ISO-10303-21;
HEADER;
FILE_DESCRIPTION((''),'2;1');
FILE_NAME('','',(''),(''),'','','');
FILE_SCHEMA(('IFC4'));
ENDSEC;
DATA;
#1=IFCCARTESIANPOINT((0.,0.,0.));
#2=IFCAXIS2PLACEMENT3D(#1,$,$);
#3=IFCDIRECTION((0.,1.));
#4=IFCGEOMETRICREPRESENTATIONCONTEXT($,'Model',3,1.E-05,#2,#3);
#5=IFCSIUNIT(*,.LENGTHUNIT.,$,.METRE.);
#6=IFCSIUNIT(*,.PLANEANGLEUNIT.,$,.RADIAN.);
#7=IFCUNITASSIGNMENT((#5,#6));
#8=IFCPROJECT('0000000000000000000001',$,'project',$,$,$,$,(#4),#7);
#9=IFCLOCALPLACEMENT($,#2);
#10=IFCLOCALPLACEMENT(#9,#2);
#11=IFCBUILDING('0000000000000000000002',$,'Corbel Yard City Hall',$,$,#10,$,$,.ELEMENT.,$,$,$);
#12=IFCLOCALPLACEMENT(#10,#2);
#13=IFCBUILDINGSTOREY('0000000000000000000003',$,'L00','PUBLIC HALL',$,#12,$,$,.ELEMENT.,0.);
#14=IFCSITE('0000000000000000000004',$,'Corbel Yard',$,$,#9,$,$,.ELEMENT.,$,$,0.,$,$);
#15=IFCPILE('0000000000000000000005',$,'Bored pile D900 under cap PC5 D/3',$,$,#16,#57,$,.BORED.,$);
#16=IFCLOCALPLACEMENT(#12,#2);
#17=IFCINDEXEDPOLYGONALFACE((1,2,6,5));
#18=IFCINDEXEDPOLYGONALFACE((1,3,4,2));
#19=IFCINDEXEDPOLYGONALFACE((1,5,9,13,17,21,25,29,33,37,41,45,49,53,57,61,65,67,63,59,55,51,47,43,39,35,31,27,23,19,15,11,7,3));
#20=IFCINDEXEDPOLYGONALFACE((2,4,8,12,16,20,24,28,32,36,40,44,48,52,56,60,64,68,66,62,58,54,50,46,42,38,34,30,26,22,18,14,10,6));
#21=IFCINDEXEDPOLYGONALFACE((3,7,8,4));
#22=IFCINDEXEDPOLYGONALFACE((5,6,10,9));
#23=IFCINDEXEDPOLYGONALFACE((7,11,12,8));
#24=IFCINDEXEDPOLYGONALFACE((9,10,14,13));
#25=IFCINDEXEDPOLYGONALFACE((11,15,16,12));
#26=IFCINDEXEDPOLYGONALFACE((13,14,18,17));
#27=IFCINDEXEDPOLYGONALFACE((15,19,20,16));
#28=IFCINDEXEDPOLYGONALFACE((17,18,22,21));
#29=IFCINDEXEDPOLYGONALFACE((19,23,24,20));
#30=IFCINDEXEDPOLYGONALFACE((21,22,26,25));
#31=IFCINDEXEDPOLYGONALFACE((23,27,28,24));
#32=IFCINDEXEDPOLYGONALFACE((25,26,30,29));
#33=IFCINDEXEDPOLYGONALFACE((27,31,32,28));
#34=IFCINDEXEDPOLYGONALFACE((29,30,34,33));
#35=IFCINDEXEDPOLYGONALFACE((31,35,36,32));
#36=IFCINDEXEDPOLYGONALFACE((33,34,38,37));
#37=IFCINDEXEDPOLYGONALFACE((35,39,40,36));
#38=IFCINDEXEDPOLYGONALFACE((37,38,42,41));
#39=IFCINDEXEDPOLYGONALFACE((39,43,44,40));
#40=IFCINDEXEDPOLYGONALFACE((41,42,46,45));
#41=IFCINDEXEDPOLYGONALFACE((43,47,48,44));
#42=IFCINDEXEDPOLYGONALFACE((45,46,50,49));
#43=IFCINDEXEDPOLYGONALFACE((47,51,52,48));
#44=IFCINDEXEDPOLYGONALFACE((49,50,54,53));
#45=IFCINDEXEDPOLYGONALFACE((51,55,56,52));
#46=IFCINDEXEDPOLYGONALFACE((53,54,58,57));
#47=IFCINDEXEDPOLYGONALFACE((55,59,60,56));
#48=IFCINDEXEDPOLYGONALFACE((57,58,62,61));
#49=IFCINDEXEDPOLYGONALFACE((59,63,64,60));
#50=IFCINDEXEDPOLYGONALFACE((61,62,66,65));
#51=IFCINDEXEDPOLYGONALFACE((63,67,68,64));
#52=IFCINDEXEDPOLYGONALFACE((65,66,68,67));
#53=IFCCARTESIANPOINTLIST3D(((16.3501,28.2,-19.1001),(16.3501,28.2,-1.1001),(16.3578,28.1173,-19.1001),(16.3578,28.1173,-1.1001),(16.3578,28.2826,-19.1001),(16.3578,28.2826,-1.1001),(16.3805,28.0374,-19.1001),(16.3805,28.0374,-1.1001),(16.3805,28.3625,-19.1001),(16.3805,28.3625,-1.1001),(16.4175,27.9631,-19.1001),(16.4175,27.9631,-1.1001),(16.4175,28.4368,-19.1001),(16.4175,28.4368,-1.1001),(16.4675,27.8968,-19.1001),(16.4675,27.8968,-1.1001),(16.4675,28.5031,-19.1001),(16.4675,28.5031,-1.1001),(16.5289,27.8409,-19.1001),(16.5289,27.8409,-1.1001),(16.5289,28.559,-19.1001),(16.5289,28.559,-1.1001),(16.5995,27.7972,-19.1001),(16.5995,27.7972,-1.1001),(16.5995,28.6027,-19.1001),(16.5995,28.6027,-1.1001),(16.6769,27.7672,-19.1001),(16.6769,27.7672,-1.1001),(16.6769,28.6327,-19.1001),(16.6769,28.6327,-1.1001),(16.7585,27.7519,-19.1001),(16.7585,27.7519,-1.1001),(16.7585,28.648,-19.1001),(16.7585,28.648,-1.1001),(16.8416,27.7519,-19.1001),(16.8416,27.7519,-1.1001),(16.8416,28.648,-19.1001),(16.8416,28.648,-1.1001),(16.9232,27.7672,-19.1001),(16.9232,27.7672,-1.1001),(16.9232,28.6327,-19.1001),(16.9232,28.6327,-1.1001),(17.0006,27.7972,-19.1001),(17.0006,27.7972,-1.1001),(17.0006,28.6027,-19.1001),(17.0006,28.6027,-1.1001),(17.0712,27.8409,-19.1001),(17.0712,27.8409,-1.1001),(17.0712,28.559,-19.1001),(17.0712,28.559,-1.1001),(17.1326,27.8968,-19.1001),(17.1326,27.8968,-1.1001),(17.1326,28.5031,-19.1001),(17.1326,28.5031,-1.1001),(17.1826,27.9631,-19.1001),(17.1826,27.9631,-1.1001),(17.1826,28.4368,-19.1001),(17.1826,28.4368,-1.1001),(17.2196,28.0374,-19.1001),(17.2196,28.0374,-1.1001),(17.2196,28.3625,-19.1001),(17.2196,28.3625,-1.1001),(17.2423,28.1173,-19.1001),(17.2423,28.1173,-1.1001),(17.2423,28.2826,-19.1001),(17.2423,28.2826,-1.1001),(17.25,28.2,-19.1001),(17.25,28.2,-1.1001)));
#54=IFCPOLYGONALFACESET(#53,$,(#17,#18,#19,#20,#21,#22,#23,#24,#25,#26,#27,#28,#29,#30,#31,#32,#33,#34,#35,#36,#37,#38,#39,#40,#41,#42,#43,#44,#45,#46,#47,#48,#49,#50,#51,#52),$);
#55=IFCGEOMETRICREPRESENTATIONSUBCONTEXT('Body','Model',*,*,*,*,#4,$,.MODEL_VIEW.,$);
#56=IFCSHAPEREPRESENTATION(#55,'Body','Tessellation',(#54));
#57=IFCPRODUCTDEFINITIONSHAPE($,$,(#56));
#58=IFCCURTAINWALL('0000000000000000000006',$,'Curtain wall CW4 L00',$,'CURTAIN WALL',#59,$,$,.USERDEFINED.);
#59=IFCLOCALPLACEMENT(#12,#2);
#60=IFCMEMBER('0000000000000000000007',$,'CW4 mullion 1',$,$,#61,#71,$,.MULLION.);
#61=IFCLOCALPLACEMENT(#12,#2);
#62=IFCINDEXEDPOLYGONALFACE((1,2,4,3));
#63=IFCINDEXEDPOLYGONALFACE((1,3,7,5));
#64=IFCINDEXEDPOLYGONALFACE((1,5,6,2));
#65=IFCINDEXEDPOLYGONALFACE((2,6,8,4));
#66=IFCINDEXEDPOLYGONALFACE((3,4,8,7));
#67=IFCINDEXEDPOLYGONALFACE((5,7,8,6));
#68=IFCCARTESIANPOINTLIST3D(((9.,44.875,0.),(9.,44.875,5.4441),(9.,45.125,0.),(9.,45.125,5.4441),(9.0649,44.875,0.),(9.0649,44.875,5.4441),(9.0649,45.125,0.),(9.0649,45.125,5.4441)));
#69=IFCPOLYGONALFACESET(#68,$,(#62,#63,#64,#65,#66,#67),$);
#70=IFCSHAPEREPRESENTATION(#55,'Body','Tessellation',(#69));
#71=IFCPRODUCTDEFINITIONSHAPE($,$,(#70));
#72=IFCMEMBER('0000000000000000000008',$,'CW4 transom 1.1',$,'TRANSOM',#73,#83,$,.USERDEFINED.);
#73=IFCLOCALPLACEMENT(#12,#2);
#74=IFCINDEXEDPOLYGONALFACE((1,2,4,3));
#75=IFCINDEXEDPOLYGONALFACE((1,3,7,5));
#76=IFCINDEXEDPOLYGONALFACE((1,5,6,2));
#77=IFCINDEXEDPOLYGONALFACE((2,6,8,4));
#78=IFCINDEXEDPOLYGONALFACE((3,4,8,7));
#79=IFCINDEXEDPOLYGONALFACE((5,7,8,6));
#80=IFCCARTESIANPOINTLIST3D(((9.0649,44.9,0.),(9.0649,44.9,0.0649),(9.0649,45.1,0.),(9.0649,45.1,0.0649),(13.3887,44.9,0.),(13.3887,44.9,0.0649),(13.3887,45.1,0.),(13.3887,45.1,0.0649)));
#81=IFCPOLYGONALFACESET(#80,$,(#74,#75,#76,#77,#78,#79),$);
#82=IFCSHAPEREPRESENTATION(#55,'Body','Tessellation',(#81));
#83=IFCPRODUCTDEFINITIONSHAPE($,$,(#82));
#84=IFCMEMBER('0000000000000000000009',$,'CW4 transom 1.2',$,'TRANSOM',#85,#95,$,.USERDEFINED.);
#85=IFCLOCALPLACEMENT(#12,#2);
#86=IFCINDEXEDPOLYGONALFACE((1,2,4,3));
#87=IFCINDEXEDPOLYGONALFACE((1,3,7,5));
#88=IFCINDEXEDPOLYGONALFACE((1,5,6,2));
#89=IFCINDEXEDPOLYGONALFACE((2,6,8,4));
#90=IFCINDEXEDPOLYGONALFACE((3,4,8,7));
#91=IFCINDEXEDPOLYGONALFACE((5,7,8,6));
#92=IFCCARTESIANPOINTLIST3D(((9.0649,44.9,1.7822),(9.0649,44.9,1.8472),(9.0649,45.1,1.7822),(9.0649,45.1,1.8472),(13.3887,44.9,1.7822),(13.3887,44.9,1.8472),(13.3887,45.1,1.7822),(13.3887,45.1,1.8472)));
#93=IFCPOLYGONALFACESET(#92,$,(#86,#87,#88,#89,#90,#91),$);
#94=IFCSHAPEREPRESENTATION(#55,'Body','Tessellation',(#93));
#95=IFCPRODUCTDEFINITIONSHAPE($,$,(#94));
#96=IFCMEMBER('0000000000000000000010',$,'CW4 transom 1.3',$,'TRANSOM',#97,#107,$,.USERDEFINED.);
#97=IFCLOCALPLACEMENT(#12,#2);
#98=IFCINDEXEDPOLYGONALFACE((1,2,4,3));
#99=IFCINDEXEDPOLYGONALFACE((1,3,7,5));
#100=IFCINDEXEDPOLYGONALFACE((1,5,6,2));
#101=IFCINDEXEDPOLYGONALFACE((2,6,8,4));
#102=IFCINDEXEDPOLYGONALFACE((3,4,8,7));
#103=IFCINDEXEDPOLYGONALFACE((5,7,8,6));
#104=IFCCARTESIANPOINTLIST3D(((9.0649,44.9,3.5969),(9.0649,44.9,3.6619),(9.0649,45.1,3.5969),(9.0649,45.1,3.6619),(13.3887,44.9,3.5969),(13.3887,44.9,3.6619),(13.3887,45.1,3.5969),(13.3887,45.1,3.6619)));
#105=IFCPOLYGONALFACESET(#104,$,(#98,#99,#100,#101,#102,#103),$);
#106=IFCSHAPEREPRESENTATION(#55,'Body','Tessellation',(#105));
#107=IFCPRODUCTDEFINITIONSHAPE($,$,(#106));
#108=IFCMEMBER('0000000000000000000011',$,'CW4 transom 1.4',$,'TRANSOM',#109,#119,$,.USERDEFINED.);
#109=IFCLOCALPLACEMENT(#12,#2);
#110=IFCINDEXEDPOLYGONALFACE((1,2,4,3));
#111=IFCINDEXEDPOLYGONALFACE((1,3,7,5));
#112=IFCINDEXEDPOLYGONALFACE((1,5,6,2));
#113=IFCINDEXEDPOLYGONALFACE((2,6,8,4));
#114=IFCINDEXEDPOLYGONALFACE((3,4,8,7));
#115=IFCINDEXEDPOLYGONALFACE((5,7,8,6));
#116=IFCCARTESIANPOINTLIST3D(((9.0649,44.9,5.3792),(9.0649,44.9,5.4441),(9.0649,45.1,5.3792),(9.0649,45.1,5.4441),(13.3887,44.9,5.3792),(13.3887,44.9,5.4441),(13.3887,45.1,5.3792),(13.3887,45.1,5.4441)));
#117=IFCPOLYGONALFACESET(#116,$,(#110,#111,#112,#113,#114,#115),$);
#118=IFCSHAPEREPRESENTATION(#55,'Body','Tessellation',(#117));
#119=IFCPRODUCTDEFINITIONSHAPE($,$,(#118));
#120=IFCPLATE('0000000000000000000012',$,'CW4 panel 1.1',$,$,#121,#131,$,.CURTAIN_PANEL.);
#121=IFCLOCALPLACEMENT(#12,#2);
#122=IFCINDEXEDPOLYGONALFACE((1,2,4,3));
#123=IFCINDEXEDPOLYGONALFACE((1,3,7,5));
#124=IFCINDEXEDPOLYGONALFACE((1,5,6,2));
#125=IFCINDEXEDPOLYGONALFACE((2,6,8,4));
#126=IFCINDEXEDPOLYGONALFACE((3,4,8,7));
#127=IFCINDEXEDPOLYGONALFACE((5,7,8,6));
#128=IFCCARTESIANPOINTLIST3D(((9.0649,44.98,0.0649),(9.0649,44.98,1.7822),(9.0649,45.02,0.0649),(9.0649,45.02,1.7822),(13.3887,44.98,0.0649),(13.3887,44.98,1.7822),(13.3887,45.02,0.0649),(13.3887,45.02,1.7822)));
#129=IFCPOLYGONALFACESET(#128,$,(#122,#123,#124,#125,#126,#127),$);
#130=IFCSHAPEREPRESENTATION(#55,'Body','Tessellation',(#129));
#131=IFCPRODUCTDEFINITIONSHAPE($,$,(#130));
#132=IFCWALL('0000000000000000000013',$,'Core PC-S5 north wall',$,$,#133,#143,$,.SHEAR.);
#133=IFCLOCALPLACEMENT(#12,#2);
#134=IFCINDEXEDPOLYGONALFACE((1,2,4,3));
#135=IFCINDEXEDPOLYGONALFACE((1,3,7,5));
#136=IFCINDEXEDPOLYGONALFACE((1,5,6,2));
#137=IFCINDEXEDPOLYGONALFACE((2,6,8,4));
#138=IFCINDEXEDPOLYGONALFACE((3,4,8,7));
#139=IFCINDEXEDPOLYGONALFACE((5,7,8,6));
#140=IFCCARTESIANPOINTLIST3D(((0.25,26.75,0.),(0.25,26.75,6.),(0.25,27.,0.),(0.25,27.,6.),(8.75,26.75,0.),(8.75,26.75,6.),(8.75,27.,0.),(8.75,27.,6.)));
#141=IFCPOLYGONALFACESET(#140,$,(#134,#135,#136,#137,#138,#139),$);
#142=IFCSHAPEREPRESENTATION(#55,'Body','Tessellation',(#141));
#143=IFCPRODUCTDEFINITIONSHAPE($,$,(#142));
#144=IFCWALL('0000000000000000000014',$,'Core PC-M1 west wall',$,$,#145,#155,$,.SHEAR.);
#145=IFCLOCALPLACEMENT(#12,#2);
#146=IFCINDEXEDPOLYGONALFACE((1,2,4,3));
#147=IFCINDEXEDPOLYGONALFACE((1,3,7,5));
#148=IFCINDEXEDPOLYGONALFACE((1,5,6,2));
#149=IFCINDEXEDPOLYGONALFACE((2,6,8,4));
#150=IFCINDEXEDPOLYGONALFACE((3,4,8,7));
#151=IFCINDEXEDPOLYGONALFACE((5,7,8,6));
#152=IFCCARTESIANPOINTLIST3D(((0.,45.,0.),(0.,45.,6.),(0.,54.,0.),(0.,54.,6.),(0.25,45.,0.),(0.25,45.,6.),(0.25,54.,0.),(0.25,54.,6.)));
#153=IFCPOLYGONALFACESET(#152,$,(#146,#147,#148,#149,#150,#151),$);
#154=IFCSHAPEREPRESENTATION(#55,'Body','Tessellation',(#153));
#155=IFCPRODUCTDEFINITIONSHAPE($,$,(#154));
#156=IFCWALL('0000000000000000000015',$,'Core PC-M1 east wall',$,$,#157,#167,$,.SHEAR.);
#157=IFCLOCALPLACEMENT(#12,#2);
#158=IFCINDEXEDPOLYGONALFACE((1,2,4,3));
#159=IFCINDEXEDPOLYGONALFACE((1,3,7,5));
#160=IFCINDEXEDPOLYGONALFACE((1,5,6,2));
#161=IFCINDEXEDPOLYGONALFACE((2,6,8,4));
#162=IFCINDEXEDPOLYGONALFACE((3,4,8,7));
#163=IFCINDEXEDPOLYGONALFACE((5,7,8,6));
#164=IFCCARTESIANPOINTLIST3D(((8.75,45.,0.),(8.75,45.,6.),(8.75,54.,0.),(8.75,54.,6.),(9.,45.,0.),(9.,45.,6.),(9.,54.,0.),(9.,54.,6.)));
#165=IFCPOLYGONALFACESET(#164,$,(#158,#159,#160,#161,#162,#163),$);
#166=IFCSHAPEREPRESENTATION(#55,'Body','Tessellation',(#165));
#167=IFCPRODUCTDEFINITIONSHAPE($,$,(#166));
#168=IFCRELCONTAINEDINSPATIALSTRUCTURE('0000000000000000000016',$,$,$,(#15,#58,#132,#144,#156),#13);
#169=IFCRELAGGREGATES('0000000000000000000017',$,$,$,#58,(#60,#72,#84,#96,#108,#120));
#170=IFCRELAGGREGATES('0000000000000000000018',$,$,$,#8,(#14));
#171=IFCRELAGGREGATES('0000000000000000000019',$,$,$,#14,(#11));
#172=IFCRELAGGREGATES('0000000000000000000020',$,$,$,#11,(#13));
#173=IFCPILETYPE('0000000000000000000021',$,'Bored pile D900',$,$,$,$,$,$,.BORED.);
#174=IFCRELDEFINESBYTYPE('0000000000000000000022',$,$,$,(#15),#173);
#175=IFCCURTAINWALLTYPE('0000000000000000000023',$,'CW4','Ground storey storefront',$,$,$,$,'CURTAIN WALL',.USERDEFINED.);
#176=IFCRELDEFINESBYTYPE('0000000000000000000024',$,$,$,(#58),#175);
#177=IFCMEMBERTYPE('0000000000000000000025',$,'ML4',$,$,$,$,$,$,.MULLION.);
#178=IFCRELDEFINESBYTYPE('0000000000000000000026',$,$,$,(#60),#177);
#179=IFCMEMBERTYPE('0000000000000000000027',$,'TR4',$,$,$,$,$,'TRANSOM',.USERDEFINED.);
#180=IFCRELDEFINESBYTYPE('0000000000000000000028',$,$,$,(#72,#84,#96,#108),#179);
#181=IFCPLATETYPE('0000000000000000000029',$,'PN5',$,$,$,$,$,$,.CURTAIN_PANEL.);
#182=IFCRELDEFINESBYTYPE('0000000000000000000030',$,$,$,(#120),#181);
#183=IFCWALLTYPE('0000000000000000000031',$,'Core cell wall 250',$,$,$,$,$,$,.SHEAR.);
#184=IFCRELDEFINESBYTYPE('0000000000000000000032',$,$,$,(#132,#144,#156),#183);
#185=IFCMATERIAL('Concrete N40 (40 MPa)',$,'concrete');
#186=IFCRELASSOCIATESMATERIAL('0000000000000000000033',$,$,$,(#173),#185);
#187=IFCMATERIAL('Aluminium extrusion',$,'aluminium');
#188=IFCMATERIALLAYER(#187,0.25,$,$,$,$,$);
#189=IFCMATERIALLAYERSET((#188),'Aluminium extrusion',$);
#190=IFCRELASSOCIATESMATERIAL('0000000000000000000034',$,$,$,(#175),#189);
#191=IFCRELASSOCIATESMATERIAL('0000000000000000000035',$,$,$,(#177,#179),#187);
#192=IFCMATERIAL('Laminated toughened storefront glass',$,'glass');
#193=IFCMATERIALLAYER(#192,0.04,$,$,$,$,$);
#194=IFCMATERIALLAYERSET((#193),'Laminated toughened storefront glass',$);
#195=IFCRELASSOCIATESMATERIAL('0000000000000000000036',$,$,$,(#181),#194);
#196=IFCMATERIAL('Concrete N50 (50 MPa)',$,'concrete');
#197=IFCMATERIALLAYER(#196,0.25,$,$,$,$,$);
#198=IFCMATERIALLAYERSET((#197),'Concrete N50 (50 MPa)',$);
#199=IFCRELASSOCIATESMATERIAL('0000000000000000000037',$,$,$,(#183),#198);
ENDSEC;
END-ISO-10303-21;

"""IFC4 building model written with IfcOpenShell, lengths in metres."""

from ifc_helpers import new_model, si_unit, direction, frame, frame_2d, origin, origin_2d, place, context, subcontext, project, spatial, rectangle, circle, extrude, material, layer, layer_set, material_profile, profile_set, type_object, element, aggregate, save


model = new_model("IFC4")

# Units and contexts
model_context = context("Model", 3, precision=1e-05, world=origin(), true_north=direction((0.0, 1.0)))
body_context = subcontext(model_context, "Body", "Model", "MODEL_VIEW")
ifc_project = project(units=[si_unit("LENGTHUNIT", "METRE"), si_unit("PLANEANGLEUNIT", "RADIAN")], contexts=[model_context])

# Site, building, storey
site_placement = place(None, origin())
site = spatial("IfcSite", under=ifc_project, at=site_placement, Name="Corbel Yard", CompositionType="ELEMENT", RefElevation=0.0)
building_placement = place(site_placement, origin())
building = spatial("IfcBuilding", under=site, at=building_placement, Name="Corbel Yard City Hall", CompositionType="ELEMENT")
storey_placement = place(building_placement, origin())
storey = spatial("IfcBuildingStorey", under=building, at=storey_placement, Name="L00", Description="PUBLIC HALL", CompositionType="ELEMENT", Elevation=0.0)

# Pile
ifc_material_1 = material(Name="Concrete N40 (40 MPa)", Category="concrete")
ifc_material_profile_1 = material_profile(ifc_material_1, circle(Radius=0.45, at=origin_2d()), Name="D900")
ifc_profile_set_1 = profile_set([ifc_material_profile_1], Name="Concrete N40 (40 MPa)")
pile_type_1 = type_object("IfcPileType", Name="Bored pile D900", PredefinedType="BORED", material=ifc_profile_set_1)
for number, where, z_axis, x_axis, name in (
    (1, (16.8, 28.2, -1.1001), (0.0, 0.0, -1.0), (1.0, 0.0, 0.0), "Bored pile D900 under cap PC5 D/3"),
):
    element("IfcPile", number, at=place(storey_placement, frame(where, z_axis=z_axis, x_axis=x_axis)), inside=storey, type_object=pile_type_1, Name=name, PredefinedType="BORED", context=body_context, shape_type="SweptSolid", body=[
        extrude(circle(Radius=0.45, at=origin_2d()), origin(), (0.0, 0.0, 1.0), 18.0),
    ])

# Curtain wall, members, plate
ifc_material_2 = material(Name="Aluminium extrusion", Category="aluminium")
ifc_layer_1 = layer(ifc_material_2, 0.25)
ifc_layer_set_1 = layer_set([ifc_layer_1], Name="Aluminium extrusion")
curtain_wall_type = type_object("IfcCurtainWallType", Name="CW4", Description="Ground storey storefront", ElementType="CURTAIN WALL", PredefinedType="USERDEFINED", material=ifc_layer_set_1)
curtain_wall_placement = place(storey_placement, origin())
curtain_wall = element("IfcCurtainWall", 2, at=curtain_wall_placement, inside=storey, type_object=curtain_wall_type, Name="Curtain wall CW4 L00", ObjectType="CURTAIN WALL", PredefinedType="USERDEFINED")
ifc_material_profile_2 = material_profile(ifc_material_2, rectangle(XDim=0.25, YDim=0.0649, at=origin_2d()), Name="250x65")
ifc_profile_set_2 = profile_set([ifc_material_profile_2], Name="Aluminium extrusion")
member_type_1 = type_object("IfcMemberType", Name="ML4", PredefinedType="MULLION", material=ifc_profile_set_2)
member_1_placement = place(storey_placement, frame((9.0325, 45.0, 0.0), z_axis=(0.0, 0.0, 1.0), x_axis=(0.0, 1.0, 0.0)))
member_1 = element("IfcMember", 3, at=member_1_placement, type_object=member_type_1, Name="CW4 mullion 1", PredefinedType="MULLION", context=body_context, shape_type="SweptSolid", body=[
    extrude(rectangle(XDim=0.25, YDim=0.0649, at=origin_2d()), origin(), (0.0, 0.0, 1.0), 5.4441),
])
ifc_material_profile_3 = material_profile(ifc_material_2, rectangle(XDim=0.2, YDim=0.0649, at=origin_2d()), Name="200x65")
ifc_profile_set_3 = profile_set([ifc_material_profile_3], Name="Aluminium extrusion")
member_type_2 = type_object("IfcMemberType", Name="TR4", ElementType="TRANSOM", PredefinedType="USERDEFINED", material=ifc_profile_set_3)
member_2_placement = place(storey_placement, frame((9.0649, 45.0, 0.0325), z_axis=(1.0, 0.0, 0.0), x_axis=(0.0, 1.0, 0.0)))
member_2 = element("IfcMember", 4, at=member_2_placement, type_object=member_type_2, Name="CW4 transom 1.1", ObjectType="TRANSOM", PredefinedType="USERDEFINED", context=body_context, shape_type="SweptSolid", body=[
    extrude(rectangle(XDim=0.2, YDim=0.0649, at=origin_2d()), origin(), (0.0, 0.0, 1.0), 4.3237),
])
member_3_placement = place(storey_placement, frame((9.0649, 45.0, 1.8147), z_axis=(1.0, 0.0, 0.0), x_axis=(0.0, 1.0, 0.0)))
member_3 = element("IfcMember", 5, at=member_3_placement, type_object=member_type_2, Name="CW4 transom 1.2", ObjectType="TRANSOM", PredefinedType="USERDEFINED", context=body_context, shape_type="SweptSolid", body=[
    extrude(rectangle(XDim=0.2, YDim=0.0649, at=origin_2d()), origin(), (0.0, 0.0, 1.0), 4.3237),
])
member_4_placement = place(storey_placement, frame((9.0649, 45.0, 3.6294), z_axis=(1.0, 0.0, 0.0), x_axis=(0.0, 1.0, 0.0)))
member_4 = element("IfcMember", 6, at=member_4_placement, type_object=member_type_2, Name="CW4 transom 1.3", ObjectType="TRANSOM", PredefinedType="USERDEFINED", context=body_context, shape_type="SweptSolid", body=[
    extrude(rectangle(XDim=0.2, YDim=0.0649, at=origin_2d()), origin(), (0.0, 0.0, 1.0), 4.3237),
])
member_5_placement = place(storey_placement, frame((9.0649, 45.0, 5.4116), z_axis=(1.0, 0.0, 0.0), x_axis=(0.0, 1.0, 0.0)))
member_5 = element("IfcMember", 7, at=member_5_placement, type_object=member_type_2, Name="CW4 transom 1.4", ObjectType="TRANSOM", PredefinedType="USERDEFINED", context=body_context, shape_type="SweptSolid", body=[
    extrude(rectangle(XDim=0.2, YDim=0.0649, at=origin_2d()), origin(), (0.0, 0.0, 1.0), 4.3237),
])
ifc_material_3 = material(Name="Laminated toughened storefront glass", Category="glass")
ifc_layer_2 = layer(ifc_material_3, 0.04)
ifc_layer_set_2 = layer_set([ifc_layer_2], Name="Laminated toughened storefront glass")
plate_type = type_object("IfcPlateType", Name="PN5", PredefinedType="CURTAIN_PANEL", material=ifc_layer_set_2)
plate_placement = place(storey_placement, frame((11.2268, 45.0, 0.0649), z_axis=(0.0, 0.0, 1.0), x_axis=(1.0, 0.0, 0.0)))
plate = element("IfcPlate", 8, at=plate_placement, type_object=plate_type, Name="CW4 panel 1.1", PredefinedType="CURTAIN_PANEL", context=body_context, shape_type="SweptSolid", body=[
    extrude(rectangle(XDim=4.3237, YDim=0.04, at=origin_2d()), origin(), (0.0, 0.0, 1.0), 1.7173),
])
aggregate(curtain_wall, [member_1, member_2, member_3, member_4, member_5, plate])

# Walls
ifc_material_4 = material(Name="Concrete N50 (50 MPa)", Category="concrete")
ifc_layer_3 = layer(ifc_material_4, 0.25)
ifc_layer_set_3 = layer_set([ifc_layer_3], Name="Concrete N50 (50 MPa)")
wall_type_1 = type_object("IfcWallType", Name="Core cell wall 250", PredefinedType="SHEAR", material=ifc_layer_set_3)
wall_1_placement = place(storey_placement, frame((0.25, 26.875, 0.0), z_axis=(0.0, 0.0, 1.0), x_axis=(1.0, 0.0, 0.0)))
element("IfcWall", 9, at=wall_1_placement, inside=storey, type_object=wall_type_1, Name="Core PC-S5 north wall", PredefinedType="SHEAR", context=body_context, shape_type="SweptSolid", body=[
    extrude(rectangle(XDim=8.5, YDim=0.25, at=frame_2d((4.25, 0.0))), origin(), (0.0, 0.0, 1.0), 6.0),
])
for number, where, z_axis, x_axis, name in (
    (10, (0.125, 45.0, 0.0), (0.0, 0.0, 1.0), (0.0, 1.0, 0.0), "Core PC-M1 west wall"),
    (11, (8.875, 45.0, 0.0), (0.0, 0.0, 1.0), (0.0, 1.0, 0.0), "Core PC-M1 east wall"),
):
    element("IfcWall", number, at=place(storey_placement, frame(where, z_axis=z_axis, x_axis=x_axis)), inside=storey, type_object=wall_type_1, Name=name, PredefinedType="SHEAR", context=body_context, shape_type="SweptSolid", body=[
        extrude(rectangle(XDim=9.0, YDim=0.25, at=frame_2d((4.5, 0.0))), origin(), (0.0, 0.0, 1.0), 6.0),
    ])

save(model, "model.ifc")
